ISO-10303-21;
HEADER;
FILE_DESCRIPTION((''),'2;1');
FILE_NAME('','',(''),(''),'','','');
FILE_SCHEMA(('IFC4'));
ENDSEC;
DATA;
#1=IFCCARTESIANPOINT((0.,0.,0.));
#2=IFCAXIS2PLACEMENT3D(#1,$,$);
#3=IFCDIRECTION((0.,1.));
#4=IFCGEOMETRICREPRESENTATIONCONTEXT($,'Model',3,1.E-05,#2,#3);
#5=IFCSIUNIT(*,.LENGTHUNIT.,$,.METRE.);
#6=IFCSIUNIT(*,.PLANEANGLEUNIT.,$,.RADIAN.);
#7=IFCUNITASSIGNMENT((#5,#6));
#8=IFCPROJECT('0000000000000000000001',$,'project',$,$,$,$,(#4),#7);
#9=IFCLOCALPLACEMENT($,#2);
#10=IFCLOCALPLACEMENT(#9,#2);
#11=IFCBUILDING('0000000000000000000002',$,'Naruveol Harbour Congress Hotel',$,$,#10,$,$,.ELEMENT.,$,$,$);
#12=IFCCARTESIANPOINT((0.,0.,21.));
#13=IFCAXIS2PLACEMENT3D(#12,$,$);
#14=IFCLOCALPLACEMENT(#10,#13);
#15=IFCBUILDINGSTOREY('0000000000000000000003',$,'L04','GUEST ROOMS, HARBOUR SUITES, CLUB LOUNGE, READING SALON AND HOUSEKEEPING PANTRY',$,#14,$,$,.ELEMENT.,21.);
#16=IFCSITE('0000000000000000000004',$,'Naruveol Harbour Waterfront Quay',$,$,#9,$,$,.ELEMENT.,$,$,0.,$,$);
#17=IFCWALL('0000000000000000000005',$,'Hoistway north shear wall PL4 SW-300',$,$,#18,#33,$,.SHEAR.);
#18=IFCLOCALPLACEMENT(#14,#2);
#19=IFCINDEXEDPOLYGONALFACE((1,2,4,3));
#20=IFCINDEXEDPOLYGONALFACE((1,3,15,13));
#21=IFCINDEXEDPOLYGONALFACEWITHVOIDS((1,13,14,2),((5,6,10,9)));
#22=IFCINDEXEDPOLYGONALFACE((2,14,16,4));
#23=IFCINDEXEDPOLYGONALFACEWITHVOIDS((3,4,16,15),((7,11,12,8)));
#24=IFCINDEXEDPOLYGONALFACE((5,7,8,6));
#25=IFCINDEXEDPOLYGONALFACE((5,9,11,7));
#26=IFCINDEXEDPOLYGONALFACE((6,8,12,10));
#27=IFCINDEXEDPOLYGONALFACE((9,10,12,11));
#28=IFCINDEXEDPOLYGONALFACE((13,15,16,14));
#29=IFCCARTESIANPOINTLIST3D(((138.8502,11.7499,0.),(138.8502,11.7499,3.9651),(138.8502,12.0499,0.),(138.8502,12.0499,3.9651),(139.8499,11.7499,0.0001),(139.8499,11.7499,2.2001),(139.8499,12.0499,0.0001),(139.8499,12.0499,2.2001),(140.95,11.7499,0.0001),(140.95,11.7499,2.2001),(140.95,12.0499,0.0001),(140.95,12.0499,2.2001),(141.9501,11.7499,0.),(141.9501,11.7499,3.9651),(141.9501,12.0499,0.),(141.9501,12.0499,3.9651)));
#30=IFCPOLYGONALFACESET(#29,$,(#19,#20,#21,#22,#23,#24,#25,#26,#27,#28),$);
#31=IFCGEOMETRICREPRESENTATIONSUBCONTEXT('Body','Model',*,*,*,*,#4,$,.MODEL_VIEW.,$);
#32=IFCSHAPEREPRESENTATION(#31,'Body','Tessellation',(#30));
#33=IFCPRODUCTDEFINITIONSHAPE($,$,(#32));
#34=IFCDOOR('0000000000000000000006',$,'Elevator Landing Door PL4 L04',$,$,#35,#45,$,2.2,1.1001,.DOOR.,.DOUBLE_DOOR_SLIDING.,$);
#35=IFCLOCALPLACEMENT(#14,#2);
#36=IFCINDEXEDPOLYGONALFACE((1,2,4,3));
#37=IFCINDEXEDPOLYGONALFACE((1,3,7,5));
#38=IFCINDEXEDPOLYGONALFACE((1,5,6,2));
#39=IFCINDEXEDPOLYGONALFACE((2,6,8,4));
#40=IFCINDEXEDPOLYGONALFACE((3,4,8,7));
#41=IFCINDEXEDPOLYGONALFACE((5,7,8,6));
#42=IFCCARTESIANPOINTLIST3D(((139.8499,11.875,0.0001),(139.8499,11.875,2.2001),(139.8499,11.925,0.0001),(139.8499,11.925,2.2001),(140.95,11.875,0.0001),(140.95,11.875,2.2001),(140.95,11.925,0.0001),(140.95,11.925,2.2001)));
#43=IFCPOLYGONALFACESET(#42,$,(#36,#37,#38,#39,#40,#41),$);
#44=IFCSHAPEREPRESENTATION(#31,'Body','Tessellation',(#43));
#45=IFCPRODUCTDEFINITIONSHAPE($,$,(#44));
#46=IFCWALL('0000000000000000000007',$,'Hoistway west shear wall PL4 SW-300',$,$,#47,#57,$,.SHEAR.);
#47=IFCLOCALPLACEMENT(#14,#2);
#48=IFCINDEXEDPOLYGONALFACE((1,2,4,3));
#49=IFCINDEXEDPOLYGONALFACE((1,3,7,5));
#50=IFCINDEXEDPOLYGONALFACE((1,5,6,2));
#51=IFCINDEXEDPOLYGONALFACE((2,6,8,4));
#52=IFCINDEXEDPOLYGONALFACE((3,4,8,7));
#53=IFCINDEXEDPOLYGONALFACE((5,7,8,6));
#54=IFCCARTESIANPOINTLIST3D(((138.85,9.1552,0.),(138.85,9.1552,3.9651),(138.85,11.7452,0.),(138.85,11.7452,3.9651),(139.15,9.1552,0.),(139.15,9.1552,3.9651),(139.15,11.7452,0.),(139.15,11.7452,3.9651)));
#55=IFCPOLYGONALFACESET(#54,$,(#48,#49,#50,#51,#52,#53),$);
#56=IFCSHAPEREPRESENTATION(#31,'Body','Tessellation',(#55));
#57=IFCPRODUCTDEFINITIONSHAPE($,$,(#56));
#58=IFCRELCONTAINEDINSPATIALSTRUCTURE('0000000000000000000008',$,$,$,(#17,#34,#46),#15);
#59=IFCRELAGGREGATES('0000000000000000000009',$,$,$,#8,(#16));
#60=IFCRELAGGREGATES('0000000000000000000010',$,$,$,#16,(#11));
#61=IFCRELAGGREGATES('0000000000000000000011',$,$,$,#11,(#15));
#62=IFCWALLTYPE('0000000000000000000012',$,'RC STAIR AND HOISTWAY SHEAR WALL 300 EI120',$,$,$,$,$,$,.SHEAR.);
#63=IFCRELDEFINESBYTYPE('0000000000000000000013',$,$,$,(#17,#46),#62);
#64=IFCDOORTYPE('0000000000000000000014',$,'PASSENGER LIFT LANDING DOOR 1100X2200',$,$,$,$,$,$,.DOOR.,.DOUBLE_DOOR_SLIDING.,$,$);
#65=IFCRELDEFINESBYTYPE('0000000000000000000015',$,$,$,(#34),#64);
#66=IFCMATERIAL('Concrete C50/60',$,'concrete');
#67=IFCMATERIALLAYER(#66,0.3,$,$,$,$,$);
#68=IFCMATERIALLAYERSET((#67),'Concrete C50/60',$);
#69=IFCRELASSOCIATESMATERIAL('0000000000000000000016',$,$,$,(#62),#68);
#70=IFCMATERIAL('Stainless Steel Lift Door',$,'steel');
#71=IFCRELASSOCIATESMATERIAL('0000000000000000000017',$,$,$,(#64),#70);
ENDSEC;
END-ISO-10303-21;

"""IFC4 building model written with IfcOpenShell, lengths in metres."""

from ifc_helpers import new_model, si_unit, direction, frame, frame_2d, origin, place, context, subcontext, project, spatial, rectangle, extrude, material, layer, layer_set, type_object, element, fill, save


model = new_model("IFC4")

# Units and contexts
model_context = context("Model", 3, precision=1e-05, world=origin(), true_north=direction((0.0, 1.0)))
body_context = subcontext(model_context, "Body", "Model", "MODEL_VIEW")
ifc_project = project(units=[si_unit("LENGTHUNIT", "METRE"), si_unit("PLANEANGLEUNIT", "RADIAN")], contexts=[model_context])

# Site, building, storey
site_placement = place(None, origin())
site = spatial("IfcSite", under=ifc_project, at=site_placement, Name="Naruveol Harbour Waterfront Quay", CompositionType="ELEMENT", RefElevation=0.0)
building_placement = place(site_placement, origin())
building = spatial("IfcBuilding", under=site, at=building_placement, Name="Naruveol Harbour Congress Hotel", CompositionType="ELEMENT")
storey_placement = place(building_placement, frame((0.0, 0.0, 21.0)))
storey = spatial("IfcBuildingStorey", under=building, at=storey_placement, Name="L04", Description="GUEST ROOMS, HARBOUR SUITES, CLUB LOUNGE, READING SALON AND HOUSEKEEPING PANTRY", CompositionType="ELEMENT", Elevation=21.0)

# Shared definitions
ifc_material_1 = material(Name="Concrete C50/60", Category="concrete")
ifc_layer_1 = layer(ifc_material_1, 0.3)
ifc_layer_set_1 = layer_set([ifc_layer_1], Name="Concrete C50/60")
wall_type_1 = type_object("IfcWallType", Name="RC STAIR AND HOISTWAY SHEAR WALL 300 EI120", PredefinedType="SHEAR", material=ifc_layer_set_1)

# Shared definitions
ifc_material_2 = material(Name="Stainless Steel Lift Door", Category="steel")
door_type_1 = type_object("IfcDoorType", Name="PASSENGER LIFT LANDING DOOR 1100X2200", OperationType="DOUBLE_DOOR_SLIDING", PredefinedType="DOOR", material=ifc_material_2)

# Wall, opening, door
wall_1_placement = place(storey_placement, frame((141.95, 11.8999, 0.0), z_axis=(0.0, 0.0, 1.0), x_axis=(-1.0, 0.0, 0.0)))
wall_1 = element("IfcWall", 1, at=wall_1_placement, inside=storey, type_object=wall_type_1, Name="Hoistway north shear wall PL4 SW-300", PredefinedType="SHEAR", context=body_context, shape_type="SweptSolid", body=[
    extrude(rectangle(XDim=3.0999, YDim=0.3, at=frame_2d((1.5498, 0.0))), origin(), (0.0, 0.0, 1.0), 3.9651),
])
opening_1_placement = place(wall_1_placement, frame((1.0, 0.0, 0.0)))
opening_1 = element("IfcOpeningElement", 2, at=opening_1_placement, cuts=wall_1, PredefinedType="OPENING", context=body_context, shape_type="SweptSolid", body=[
    extrude(rectangle(XDim=1.1001, YDim=2.2, at=frame_2d((0.55, 1.1001))), frame((0.0, 0.1599, 0.0), z_axis=(0.0, -1.0, 0.0), x_axis=(1.0, 0.0, 0.0)), (0.0, 0.0, 1.0), 0.3201),
])
door_1_placement = place(opening_1_placement, origin())
door_1 = element("IfcDoor", 3, at=door_1_placement, inside=storey, type_object=door_type_1, Name="Elevator Landing Door PL4 L04", OperationType="DOUBLE_DOOR_SLIDING", OverallHeight=2.2, OverallWidth=1.1001, PredefinedType="DOOR", context=body_context, shape_type="SweptSolid", body=[
    extrude(rectangle(XDim=1.1001, YDim=2.2, at=frame_2d((0.55, 1.1001))), frame((0.0, 0.0249, 0.0), z_axis=(0.0, -1.0, 0.0), x_axis=(1.0, 0.0, 0.0)), (0.0, 0.0, 1.0), 0.05),
])
fill(opening_1, door_1)

# Wall
wall_2_placement = place(storey_placement, frame((139.0, 11.7451, 0.0), z_axis=(0.0, 0.0, 1.0), x_axis=(0.0, -1.0, 0.0)))
element("IfcWall", 4, at=wall_2_placement, inside=storey, type_object=wall_type_1, Name="Hoistway west shear wall PL4 SW-300", PredefinedType="SHEAR", context=body_context, shape_type="SweptSolid", body=[
    extrude(rectangle(XDim=2.5901, YDim=0.3, at=frame_2d((1.2949, 0.0))), origin(), (0.0, 0.0, 1.0), 3.9651),
])

save(model, "model.ifc")
